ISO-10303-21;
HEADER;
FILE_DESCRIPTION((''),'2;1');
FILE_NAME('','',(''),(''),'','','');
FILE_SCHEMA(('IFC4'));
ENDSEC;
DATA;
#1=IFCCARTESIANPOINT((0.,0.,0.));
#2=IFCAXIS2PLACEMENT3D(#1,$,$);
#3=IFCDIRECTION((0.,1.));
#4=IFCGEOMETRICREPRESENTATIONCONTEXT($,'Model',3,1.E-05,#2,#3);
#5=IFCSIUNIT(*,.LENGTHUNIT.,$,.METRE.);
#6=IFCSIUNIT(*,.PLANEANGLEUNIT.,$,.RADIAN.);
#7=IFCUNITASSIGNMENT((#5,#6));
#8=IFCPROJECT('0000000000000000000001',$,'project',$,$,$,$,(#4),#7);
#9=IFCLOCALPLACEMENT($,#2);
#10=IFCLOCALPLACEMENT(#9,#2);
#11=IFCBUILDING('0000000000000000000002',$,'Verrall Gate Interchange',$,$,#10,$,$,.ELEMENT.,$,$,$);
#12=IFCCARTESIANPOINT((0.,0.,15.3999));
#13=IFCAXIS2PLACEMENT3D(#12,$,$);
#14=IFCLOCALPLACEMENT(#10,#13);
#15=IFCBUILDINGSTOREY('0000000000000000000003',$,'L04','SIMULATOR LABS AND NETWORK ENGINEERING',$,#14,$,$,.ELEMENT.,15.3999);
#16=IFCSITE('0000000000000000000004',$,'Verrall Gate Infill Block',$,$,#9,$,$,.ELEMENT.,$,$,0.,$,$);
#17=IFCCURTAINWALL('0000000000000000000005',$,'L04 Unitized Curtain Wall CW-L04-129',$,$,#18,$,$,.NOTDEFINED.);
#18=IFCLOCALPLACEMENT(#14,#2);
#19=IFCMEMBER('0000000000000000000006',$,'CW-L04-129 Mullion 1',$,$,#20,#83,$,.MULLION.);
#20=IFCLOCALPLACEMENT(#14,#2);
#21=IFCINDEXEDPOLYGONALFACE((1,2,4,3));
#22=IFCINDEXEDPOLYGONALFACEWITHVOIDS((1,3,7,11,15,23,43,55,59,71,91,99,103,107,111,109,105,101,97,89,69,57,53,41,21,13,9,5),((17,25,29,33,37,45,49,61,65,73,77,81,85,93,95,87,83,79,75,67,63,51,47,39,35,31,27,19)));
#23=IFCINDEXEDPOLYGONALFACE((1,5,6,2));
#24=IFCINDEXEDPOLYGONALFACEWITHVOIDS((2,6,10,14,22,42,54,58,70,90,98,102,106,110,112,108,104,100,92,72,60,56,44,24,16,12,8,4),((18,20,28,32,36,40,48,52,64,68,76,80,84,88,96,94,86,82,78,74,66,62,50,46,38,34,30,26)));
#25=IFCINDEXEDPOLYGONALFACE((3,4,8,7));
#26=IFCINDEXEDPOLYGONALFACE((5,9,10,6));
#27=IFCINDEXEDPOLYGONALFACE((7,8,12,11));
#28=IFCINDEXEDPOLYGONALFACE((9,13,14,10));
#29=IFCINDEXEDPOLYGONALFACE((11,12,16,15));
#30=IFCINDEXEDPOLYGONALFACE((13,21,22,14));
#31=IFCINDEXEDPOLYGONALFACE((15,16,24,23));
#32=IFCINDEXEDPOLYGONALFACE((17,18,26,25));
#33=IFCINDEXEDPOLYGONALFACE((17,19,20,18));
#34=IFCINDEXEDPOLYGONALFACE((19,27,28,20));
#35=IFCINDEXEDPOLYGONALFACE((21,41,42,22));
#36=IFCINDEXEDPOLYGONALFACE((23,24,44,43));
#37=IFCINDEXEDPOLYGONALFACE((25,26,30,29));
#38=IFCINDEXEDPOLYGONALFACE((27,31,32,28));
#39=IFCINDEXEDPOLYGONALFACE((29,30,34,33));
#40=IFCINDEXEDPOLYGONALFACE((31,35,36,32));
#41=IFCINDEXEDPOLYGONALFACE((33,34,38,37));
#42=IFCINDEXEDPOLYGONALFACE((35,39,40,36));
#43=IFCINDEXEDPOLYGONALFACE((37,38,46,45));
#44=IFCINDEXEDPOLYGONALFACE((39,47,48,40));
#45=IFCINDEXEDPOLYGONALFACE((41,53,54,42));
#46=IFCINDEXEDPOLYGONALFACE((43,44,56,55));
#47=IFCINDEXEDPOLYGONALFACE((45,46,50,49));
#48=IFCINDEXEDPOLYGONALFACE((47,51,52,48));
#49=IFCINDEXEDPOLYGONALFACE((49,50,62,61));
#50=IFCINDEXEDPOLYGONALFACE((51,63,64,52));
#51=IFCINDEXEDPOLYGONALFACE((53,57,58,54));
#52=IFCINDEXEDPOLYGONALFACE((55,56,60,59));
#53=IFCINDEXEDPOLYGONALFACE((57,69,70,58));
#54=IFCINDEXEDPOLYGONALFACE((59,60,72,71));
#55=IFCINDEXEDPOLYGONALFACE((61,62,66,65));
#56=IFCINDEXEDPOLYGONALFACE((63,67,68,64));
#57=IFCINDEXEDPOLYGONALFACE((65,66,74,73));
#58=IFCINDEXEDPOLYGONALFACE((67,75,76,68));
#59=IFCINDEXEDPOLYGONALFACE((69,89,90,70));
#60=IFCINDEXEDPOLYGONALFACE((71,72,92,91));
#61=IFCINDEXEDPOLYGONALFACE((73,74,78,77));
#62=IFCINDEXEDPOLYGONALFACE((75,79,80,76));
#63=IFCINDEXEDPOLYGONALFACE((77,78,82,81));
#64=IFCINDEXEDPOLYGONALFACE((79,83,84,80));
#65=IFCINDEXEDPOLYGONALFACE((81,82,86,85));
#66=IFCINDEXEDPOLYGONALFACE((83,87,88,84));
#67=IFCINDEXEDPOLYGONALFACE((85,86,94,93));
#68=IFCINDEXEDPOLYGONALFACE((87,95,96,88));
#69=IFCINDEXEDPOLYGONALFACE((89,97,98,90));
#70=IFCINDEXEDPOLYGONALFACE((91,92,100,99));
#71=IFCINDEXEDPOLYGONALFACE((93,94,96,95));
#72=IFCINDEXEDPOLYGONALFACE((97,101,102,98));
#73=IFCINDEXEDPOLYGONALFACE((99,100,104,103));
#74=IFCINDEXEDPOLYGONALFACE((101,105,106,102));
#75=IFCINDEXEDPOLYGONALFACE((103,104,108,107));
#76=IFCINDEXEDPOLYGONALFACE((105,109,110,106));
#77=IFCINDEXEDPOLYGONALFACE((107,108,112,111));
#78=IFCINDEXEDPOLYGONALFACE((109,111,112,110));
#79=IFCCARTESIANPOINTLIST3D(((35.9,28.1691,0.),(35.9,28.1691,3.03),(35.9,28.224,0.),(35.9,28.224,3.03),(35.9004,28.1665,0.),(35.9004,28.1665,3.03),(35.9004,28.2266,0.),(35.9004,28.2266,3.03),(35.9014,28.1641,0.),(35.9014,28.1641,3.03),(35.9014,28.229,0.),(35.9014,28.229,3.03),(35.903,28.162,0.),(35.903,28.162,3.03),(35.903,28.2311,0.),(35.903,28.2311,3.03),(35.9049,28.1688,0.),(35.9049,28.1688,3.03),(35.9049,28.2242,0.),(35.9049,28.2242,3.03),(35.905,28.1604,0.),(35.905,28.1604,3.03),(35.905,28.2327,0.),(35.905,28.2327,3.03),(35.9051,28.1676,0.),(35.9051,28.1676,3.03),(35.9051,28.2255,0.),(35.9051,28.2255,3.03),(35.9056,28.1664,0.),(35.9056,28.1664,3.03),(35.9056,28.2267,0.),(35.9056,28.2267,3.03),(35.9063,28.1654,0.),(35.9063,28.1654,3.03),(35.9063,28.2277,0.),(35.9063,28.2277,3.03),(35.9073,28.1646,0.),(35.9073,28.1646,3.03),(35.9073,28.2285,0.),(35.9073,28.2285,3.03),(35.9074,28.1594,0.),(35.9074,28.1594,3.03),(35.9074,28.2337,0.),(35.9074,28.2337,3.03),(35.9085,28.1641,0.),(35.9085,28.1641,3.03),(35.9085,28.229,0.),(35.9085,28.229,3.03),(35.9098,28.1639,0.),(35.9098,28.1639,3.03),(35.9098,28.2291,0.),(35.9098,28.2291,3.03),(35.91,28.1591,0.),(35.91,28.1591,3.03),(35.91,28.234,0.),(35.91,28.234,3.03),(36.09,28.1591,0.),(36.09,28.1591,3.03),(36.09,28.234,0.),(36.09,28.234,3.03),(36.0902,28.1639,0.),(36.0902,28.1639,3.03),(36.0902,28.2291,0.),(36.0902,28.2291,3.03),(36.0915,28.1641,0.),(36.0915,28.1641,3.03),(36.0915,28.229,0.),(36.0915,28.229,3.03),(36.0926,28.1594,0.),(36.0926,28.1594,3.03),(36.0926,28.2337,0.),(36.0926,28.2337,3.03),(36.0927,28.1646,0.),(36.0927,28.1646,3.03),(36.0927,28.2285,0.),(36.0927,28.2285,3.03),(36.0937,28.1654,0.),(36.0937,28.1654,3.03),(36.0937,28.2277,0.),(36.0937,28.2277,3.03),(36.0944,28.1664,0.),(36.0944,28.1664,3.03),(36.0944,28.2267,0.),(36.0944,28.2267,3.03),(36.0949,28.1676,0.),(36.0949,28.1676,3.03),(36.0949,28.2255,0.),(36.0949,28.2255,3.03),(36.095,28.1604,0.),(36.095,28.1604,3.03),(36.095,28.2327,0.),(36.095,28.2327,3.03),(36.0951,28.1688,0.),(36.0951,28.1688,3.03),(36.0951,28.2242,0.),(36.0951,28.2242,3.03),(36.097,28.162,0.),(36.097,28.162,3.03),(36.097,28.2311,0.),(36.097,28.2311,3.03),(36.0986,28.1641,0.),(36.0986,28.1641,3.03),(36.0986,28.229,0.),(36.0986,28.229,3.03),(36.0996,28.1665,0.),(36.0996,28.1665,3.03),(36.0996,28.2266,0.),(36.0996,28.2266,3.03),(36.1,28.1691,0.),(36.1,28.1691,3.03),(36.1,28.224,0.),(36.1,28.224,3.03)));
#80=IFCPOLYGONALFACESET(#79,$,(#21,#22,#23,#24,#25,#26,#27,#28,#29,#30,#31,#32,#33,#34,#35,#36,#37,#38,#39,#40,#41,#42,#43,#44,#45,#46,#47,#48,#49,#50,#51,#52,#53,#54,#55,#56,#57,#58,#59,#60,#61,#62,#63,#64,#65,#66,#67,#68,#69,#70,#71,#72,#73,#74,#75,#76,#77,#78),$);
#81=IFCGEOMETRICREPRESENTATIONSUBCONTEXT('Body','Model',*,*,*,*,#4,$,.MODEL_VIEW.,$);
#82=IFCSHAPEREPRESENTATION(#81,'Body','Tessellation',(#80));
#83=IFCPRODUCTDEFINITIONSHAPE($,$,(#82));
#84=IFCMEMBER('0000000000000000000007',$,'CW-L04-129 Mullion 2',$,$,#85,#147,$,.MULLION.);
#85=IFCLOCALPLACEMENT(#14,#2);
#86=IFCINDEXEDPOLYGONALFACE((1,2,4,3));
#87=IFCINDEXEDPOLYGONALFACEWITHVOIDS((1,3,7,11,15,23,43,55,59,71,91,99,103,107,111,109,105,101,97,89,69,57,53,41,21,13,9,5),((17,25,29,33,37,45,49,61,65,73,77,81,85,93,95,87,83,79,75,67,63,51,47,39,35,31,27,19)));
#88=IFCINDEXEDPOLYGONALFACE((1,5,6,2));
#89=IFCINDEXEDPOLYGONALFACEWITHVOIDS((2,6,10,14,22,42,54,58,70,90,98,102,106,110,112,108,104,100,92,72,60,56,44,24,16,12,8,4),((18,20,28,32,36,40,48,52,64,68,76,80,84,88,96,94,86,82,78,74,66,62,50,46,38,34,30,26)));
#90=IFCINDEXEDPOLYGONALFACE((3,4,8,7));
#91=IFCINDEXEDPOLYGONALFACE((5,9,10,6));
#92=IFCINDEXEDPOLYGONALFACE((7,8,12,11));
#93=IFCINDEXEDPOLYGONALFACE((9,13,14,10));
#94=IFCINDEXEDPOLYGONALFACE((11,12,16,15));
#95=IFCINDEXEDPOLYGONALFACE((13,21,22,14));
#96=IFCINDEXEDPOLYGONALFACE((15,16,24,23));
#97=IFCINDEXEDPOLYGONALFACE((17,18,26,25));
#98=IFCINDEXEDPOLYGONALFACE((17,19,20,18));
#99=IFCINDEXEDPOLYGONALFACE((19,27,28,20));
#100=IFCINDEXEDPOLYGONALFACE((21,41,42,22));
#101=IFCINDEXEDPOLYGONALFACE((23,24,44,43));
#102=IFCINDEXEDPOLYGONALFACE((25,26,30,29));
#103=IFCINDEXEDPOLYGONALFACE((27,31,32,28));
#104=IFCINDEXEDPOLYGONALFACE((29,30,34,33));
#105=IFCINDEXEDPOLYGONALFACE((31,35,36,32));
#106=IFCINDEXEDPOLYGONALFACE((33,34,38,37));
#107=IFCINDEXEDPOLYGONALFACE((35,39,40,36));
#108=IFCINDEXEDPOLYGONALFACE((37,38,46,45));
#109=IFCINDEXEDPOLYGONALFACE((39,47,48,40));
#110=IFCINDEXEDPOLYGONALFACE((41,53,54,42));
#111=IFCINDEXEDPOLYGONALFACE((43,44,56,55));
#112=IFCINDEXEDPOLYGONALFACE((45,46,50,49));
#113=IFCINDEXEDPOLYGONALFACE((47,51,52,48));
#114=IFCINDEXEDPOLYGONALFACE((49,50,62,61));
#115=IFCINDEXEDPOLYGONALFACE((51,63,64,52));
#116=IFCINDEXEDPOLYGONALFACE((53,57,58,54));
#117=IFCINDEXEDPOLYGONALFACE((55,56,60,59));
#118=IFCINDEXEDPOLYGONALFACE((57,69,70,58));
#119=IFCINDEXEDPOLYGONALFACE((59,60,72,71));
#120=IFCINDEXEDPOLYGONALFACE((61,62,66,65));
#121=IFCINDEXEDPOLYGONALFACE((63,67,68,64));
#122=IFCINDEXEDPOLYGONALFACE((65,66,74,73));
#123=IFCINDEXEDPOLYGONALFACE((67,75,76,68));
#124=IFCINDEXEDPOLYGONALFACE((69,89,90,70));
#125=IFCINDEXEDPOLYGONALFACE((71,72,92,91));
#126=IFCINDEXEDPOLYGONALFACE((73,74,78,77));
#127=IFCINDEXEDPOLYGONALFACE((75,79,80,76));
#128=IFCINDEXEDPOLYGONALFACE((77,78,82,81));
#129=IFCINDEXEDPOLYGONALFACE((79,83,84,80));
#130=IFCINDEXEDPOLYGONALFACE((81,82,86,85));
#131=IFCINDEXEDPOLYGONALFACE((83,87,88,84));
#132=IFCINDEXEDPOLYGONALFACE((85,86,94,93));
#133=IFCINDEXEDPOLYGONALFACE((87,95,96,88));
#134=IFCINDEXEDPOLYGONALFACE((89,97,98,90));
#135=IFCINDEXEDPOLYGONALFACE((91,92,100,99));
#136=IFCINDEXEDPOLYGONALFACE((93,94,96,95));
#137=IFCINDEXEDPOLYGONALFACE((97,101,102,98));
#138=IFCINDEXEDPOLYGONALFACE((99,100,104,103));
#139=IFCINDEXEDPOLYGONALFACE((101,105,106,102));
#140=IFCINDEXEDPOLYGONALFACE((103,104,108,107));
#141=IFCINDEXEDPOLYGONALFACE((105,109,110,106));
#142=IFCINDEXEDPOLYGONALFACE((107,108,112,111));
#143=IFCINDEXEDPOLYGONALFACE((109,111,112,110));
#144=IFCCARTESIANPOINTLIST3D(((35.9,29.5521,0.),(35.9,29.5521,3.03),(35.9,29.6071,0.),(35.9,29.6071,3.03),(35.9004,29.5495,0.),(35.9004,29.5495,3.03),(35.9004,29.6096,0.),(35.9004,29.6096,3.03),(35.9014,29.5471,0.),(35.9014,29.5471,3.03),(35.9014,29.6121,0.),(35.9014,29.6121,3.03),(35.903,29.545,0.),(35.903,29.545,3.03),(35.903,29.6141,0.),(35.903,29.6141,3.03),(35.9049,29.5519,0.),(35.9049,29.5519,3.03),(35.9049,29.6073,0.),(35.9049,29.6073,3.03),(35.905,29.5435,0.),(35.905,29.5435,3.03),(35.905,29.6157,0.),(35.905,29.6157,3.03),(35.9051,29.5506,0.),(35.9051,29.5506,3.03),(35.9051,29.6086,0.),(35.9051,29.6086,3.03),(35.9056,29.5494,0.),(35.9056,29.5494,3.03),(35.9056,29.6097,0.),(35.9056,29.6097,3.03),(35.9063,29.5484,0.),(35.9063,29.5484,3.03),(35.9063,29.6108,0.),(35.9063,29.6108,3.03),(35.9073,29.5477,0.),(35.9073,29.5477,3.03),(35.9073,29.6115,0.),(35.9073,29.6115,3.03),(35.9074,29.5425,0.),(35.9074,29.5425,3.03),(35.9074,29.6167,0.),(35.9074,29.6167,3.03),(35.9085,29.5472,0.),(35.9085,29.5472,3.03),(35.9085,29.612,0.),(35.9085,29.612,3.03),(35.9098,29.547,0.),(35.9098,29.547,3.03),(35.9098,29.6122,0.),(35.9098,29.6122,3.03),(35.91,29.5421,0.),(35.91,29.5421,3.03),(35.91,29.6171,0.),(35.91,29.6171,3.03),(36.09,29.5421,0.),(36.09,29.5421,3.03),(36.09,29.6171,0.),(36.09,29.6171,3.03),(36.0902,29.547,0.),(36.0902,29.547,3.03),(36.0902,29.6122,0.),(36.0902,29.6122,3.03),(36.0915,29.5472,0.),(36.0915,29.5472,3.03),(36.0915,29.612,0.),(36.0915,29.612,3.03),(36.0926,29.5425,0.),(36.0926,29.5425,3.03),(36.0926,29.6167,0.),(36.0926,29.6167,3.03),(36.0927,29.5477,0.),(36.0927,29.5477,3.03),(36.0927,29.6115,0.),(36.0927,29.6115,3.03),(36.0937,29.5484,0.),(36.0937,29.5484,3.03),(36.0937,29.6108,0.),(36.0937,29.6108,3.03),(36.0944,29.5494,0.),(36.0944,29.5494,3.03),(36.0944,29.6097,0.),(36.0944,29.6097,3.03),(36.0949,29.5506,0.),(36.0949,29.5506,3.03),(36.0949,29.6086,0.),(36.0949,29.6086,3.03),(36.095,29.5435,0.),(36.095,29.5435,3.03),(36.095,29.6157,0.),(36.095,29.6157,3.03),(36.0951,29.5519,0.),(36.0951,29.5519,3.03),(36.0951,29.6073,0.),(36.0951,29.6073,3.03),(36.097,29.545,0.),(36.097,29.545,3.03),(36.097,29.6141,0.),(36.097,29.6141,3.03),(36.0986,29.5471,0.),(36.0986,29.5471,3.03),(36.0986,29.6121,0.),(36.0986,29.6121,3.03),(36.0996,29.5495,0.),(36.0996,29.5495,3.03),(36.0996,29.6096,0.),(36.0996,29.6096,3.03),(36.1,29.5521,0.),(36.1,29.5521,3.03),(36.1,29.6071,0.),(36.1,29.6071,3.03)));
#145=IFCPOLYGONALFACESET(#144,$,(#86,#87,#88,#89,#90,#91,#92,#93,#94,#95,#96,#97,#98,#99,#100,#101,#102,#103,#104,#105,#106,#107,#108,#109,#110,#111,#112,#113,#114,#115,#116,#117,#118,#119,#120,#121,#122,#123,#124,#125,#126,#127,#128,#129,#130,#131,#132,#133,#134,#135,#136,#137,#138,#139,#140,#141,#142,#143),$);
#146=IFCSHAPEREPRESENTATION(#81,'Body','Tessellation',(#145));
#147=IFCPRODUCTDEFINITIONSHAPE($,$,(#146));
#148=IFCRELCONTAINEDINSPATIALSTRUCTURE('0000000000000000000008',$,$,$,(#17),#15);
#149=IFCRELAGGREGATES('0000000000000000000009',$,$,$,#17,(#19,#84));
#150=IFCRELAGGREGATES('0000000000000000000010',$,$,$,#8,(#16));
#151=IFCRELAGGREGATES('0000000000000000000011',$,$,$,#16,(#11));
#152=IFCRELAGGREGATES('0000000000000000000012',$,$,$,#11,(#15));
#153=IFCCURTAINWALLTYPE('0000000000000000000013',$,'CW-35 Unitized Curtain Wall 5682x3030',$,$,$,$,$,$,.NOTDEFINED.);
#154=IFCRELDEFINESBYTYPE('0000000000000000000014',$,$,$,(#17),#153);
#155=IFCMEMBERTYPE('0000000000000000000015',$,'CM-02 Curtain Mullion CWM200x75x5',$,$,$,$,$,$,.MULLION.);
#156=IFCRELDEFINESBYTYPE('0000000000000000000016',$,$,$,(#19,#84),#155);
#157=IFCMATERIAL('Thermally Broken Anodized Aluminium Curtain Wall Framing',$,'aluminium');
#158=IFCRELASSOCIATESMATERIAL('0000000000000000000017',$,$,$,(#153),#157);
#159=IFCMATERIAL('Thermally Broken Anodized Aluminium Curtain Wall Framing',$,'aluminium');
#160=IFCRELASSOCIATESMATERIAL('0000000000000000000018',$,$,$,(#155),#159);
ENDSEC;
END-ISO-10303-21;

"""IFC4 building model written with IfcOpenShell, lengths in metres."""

from ifc_helpers import new_model, si_unit, direction, frame, origin, origin_2d, place, context, subcontext, project, spatial, hollow_rectangle, extrude, material, material_profile, profile_set, type_object, element, aggregate, save


model = new_model("IFC4")

# Units and contexts
model_context = context("Model", 3, precision=1e-05, world=origin(), true_north=direction((0.0, 1.0)))
body_context = subcontext(model_context, "Body", "Model", "MODEL_VIEW")
ifc_project = project(units=[si_unit("LENGTHUNIT", "METRE"), si_unit("PLANEANGLEUNIT", "RADIAN")], contexts=[model_context])

# Site, building, storey
site_placement = place(None, origin())
site = spatial("IfcSite", under=ifc_project, at=site_placement, Name="Verrall Gate Infill Block", CompositionType="ELEMENT", RefElevation=0.0)
building_placement = place(site_placement, origin())
building = spatial("IfcBuilding", under=site, at=building_placement, Name="Verrall Gate Interchange", CompositionType="ELEMENT")
storey_placement = place(building_placement, frame((0.0, 0.0, 15.3999)))
storey = spatial("IfcBuildingStorey", under=building, at=storey_placement, Name="L04", Description="SIMULATOR LABS AND NETWORK ENGINEERING", CompositionType="ELEMENT", Elevation=15.3999)

# Curtain wall, members
ifc_material_1 = material(Name="Thermally Broken Anodized Aluminium Curtain Wall Framing", Category="aluminium")
curtain_wall_type = type_object("IfcCurtainWallType", Name="CW-35 Unitized Curtain Wall 5682x3030", PredefinedType="NOTDEFINED", material=ifc_material_1)
curtain_wall_placement = place(storey_placement, origin())
curtain_wall = element("IfcCurtainWall", 1, at=curtain_wall_placement, inside=storey, type_object=curtain_wall_type, Name="L04 Unitized Curtain Wall CW-L04-129", PredefinedType="NOTDEFINED")
ifc_material_2 = material(Name="Thermally Broken Anodized Aluminium Curtain Wall Framing", Category="aluminium")
ifc_material_profile_1 = material_profile(ifc_material_2, hollow_rectangle(XDim=0.075, YDim=0.2, WallThickness=0.0049, InnerFilletRadius=0.0049, OuterFilletRadius=0.01, at=origin_2d()), Name="CWM200x75x5")
ifc_profile_set_1 = profile_set([ifc_material_profile_1], Name="Thermally Broken Anodized Aluminium Curtain Wall Framing")
member_type_1 = type_object("IfcMemberType", Name="CM-02 Curtain Mullion CWM200x75x5", PredefinedType="MULLION", material=ifc_profile_set_1)
member_1_placement = place(storey_placement, frame((36.0, 28.1965, 0.0), z_axis=(0.0, 0.0, 1.0), x_axis=(0.0, 1.0, 0.0)))
member_1 = element("IfcMember", 2, at=member_1_placement, type_object=member_type_1, Name="CW-L04-129 Mullion 1", PredefinedType="MULLION", context=body_context, shape_type="SweptSolid", body=[
    extrude(hollow_rectangle(XDim=0.075, YDim=0.2, WallThickness=0.0049, InnerFilletRadius=0.0049, OuterFilletRadius=0.01, at=origin_2d()), origin(), (0.0, 0.0, 1.0), 3.03),
])
member_2_placement = place(storey_placement, frame((36.0, 29.5796, 0.0), z_axis=(0.0, 0.0, 1.0), x_axis=(0.0, 1.0, 0.0)))
member_2 = element("IfcMember", 3, at=member_2_placement, type_object=member_type_1, Name="CW-L04-129 Mullion 2", PredefinedType="MULLION", context=body_context, shape_type="SweptSolid", body=[
    extrude(hollow_rectangle(XDim=0.075, YDim=0.2, WallThickness=0.0049, InnerFilletRadius=0.0049, OuterFilletRadius=0.01, at=origin_2d()), origin(), (0.0, 0.0, 1.0), 3.03),
])

aggregate(curtain_wall, [member_1, member_2])

save(model, "model.ifc")
